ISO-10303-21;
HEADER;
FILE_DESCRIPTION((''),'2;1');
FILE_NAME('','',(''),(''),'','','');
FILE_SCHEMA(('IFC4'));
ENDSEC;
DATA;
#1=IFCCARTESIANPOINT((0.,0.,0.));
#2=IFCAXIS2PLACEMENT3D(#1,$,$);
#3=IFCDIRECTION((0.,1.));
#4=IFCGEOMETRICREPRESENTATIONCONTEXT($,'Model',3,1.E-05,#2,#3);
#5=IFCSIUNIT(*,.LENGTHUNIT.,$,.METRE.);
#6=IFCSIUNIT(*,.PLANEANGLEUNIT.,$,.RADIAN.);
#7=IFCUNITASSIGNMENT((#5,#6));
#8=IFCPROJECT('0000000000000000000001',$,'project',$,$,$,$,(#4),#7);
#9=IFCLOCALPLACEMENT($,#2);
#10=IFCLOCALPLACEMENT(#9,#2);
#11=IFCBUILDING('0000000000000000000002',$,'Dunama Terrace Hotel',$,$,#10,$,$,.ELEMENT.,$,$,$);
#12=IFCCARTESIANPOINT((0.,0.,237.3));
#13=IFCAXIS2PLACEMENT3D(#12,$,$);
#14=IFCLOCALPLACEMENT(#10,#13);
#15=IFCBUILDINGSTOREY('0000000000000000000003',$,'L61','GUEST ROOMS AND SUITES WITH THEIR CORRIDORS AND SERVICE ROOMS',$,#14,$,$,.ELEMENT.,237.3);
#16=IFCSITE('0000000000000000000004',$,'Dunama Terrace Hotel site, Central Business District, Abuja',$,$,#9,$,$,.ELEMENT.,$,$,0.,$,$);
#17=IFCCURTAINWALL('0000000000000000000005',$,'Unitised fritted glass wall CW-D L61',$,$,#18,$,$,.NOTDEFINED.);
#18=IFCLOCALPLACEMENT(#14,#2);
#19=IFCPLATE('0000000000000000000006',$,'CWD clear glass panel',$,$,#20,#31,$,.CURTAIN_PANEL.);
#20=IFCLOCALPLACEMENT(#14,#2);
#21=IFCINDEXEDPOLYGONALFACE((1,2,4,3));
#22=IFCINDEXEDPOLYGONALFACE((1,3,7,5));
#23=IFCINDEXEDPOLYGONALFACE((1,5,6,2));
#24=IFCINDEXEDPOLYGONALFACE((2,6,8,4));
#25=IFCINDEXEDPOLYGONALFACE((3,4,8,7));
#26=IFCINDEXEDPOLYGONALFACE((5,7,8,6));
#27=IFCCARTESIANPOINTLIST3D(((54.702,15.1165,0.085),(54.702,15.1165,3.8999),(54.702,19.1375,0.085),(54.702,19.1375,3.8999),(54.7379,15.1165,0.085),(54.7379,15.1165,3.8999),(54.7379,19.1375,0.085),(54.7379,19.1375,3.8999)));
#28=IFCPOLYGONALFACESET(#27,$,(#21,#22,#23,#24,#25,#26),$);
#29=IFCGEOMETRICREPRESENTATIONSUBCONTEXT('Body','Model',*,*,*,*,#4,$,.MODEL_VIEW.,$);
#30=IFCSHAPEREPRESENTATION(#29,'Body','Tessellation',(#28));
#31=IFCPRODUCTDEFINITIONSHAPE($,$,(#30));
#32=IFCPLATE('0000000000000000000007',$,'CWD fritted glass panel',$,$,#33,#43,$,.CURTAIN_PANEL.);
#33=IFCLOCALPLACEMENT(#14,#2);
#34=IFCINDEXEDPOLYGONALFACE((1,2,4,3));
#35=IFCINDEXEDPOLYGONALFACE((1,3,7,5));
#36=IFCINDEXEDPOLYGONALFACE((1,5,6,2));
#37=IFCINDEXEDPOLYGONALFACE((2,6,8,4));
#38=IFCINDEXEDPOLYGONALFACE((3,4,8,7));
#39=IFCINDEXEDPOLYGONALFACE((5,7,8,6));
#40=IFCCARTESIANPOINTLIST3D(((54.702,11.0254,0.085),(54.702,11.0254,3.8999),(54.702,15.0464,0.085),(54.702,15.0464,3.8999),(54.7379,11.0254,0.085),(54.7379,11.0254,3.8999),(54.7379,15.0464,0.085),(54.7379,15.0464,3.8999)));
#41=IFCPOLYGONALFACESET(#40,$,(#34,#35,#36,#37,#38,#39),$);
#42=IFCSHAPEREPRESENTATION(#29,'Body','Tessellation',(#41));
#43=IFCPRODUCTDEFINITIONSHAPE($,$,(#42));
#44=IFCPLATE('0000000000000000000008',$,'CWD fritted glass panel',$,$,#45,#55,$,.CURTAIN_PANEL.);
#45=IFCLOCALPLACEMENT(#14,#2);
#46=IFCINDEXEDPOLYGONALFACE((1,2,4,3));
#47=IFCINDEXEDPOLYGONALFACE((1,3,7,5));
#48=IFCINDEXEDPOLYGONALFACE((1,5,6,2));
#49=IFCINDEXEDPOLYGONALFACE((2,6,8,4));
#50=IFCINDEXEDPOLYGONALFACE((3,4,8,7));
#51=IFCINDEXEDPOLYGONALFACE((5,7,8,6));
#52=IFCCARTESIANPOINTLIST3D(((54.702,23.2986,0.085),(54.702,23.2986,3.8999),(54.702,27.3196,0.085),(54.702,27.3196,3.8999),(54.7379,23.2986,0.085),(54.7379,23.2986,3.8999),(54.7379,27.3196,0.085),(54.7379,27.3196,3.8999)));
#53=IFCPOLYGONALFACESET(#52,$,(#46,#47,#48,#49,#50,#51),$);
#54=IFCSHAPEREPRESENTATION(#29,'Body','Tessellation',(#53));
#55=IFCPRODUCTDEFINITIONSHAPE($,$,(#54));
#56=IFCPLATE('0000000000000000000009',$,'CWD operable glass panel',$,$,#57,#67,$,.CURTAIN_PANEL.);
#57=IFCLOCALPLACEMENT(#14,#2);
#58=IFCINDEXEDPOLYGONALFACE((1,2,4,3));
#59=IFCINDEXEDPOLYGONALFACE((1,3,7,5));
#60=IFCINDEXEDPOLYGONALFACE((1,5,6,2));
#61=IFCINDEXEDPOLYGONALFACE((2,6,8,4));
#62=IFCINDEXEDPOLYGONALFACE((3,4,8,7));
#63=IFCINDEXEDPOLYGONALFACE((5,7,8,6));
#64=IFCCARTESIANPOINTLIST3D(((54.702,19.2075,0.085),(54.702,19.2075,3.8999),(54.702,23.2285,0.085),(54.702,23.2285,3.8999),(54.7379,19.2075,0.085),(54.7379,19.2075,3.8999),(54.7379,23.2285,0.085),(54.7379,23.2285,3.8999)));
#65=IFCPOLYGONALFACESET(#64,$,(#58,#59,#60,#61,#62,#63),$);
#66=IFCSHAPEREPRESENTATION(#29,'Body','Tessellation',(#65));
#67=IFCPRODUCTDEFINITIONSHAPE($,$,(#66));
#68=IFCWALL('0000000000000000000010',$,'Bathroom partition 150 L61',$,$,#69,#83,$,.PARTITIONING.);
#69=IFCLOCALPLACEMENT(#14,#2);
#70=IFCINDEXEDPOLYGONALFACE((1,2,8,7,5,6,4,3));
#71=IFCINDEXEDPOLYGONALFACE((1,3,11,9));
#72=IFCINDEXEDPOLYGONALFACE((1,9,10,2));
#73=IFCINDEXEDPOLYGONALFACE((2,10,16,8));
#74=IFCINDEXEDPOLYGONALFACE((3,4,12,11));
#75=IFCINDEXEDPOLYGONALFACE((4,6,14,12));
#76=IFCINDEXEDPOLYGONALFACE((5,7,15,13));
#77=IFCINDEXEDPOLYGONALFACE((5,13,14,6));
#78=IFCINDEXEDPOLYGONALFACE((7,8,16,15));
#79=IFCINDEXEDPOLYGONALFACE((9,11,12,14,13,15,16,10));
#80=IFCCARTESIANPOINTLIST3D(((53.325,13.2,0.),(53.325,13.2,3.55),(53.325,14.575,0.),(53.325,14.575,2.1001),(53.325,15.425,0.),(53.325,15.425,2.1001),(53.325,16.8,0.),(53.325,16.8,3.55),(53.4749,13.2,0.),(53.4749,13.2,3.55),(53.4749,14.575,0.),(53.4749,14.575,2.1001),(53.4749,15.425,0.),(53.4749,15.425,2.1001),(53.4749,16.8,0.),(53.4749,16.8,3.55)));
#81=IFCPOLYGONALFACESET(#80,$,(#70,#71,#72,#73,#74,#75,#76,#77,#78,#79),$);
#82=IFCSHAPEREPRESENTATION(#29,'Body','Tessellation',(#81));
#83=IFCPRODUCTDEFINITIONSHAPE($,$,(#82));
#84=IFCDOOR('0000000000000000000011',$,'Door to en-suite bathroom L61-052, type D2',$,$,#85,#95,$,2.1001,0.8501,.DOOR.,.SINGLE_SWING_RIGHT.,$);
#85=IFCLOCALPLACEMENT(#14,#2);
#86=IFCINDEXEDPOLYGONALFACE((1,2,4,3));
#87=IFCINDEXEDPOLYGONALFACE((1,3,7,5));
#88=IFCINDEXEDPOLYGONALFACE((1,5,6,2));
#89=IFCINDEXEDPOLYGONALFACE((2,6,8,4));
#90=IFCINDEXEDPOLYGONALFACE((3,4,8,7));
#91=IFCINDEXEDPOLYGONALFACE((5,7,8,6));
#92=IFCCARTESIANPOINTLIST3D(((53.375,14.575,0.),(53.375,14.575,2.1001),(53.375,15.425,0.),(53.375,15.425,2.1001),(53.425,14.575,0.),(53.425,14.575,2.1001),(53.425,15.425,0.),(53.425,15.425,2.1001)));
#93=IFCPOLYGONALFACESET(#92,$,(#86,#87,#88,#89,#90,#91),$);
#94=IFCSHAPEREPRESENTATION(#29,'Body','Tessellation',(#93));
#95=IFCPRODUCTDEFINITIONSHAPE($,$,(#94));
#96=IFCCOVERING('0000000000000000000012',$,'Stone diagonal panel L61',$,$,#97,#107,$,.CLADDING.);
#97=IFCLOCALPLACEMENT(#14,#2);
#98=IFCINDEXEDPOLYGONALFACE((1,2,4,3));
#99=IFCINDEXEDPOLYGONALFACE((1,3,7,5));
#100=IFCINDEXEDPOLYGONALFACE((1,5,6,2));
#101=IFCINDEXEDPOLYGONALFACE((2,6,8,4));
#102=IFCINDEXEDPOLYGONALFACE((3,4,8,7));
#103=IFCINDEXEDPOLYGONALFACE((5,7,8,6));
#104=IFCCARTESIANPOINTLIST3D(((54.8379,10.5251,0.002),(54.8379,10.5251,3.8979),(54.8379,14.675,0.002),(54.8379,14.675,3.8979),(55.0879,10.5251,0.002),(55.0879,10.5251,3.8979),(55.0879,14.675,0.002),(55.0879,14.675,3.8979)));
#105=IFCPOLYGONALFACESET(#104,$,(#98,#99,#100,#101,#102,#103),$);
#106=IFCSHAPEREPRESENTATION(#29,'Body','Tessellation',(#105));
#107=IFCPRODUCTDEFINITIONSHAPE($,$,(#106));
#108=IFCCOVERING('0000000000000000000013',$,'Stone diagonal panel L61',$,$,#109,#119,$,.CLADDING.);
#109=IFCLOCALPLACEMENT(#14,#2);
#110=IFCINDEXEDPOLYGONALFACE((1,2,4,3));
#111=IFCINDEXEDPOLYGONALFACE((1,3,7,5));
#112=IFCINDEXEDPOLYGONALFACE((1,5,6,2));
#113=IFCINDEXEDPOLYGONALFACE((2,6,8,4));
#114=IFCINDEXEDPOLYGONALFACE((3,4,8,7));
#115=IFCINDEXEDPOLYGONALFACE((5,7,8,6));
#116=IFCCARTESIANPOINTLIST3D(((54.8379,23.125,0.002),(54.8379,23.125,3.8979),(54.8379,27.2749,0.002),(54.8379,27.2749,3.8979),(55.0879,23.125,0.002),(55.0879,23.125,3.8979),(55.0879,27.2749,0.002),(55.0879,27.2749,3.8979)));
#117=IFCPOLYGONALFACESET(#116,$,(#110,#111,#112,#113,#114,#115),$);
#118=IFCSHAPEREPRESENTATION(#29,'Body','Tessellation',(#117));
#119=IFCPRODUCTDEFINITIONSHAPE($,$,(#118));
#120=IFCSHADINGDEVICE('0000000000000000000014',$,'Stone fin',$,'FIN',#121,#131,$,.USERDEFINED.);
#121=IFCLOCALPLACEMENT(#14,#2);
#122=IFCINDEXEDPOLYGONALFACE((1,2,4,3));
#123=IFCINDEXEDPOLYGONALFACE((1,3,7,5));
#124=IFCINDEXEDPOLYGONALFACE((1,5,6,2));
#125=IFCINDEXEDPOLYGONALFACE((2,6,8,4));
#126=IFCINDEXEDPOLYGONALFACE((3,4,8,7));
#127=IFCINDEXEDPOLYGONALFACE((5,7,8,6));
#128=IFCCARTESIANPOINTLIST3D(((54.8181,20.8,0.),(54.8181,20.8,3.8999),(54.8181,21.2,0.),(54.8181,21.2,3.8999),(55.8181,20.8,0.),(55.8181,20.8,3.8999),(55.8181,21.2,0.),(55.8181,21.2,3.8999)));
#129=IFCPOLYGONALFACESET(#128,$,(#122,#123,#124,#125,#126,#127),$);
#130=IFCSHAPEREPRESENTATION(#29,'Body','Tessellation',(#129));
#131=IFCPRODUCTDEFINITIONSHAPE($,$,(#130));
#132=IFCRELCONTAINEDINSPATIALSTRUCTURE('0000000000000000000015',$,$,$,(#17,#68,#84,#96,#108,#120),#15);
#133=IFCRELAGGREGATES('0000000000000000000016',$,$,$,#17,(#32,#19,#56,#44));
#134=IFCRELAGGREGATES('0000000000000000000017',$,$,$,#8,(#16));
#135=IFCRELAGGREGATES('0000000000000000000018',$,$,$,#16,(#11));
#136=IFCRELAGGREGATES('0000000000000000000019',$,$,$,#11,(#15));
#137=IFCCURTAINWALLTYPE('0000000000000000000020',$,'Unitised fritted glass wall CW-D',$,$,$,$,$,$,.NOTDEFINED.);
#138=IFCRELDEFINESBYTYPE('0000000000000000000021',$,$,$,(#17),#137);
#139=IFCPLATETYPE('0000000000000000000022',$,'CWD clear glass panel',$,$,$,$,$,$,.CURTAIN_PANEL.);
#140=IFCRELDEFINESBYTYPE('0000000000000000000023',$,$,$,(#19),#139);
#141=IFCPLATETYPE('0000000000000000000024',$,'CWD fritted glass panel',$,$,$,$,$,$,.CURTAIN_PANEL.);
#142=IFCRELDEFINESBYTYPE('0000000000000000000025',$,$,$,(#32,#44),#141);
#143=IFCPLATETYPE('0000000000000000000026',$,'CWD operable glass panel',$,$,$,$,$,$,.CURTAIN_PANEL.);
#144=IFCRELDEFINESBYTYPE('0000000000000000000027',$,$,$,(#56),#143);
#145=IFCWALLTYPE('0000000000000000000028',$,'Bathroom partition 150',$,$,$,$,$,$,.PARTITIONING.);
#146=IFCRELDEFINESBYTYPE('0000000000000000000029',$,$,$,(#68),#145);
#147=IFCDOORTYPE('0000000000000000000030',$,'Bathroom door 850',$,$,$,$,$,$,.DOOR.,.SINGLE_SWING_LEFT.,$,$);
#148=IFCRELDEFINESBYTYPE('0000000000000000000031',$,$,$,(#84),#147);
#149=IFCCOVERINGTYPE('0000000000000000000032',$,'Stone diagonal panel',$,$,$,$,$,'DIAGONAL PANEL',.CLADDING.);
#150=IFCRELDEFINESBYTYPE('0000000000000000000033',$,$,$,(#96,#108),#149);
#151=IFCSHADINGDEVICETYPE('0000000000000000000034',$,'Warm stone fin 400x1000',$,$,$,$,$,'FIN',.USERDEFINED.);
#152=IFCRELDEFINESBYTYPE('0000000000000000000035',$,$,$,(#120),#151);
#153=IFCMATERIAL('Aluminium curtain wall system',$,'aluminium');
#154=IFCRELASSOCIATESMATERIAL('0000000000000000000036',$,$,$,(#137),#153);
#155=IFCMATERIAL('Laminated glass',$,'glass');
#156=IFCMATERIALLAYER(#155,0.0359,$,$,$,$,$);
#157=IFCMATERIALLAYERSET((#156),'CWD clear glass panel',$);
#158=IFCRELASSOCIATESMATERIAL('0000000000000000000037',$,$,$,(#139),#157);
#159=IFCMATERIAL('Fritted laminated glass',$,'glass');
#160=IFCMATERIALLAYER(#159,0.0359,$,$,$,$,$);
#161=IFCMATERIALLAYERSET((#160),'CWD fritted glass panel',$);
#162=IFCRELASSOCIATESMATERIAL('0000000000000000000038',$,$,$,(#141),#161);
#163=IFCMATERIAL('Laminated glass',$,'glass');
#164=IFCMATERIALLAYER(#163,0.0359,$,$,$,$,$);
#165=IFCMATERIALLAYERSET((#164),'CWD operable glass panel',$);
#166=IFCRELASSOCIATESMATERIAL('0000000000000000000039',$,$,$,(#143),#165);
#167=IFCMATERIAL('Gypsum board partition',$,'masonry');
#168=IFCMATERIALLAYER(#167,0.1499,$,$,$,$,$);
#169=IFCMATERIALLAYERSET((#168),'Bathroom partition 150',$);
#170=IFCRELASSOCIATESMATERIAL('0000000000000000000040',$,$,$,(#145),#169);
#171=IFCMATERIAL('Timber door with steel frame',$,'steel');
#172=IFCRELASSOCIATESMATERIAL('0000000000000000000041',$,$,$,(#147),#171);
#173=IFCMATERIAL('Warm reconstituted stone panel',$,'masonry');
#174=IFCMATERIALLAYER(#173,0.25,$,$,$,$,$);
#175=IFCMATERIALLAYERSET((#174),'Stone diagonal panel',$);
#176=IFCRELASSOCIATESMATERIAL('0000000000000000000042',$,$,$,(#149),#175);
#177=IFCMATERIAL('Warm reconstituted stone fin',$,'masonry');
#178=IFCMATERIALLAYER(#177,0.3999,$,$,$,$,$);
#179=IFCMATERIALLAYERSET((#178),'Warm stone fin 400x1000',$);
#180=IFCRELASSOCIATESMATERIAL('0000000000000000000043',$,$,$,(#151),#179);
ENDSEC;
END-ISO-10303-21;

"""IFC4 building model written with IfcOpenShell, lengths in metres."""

from ifc_helpers import new_model, si_unit, direction, frame, frame_2d, origin, origin_2d, place, context, subcontext, project, spatial, rectangle, extrude, material, layer, layer_set, type_object, element, fill, aggregate, save


model = new_model("IFC4")

# Units and contexts
model_context = context("Model", 3, precision=1e-05, world=origin(), true_north=direction((0.0, 1.0)))
body_context = subcontext(model_context, "Body", "Model", "MODEL_VIEW")
ifc_project = project(units=[si_unit("LENGTHUNIT", "METRE"), si_unit("PLANEANGLEUNIT", "RADIAN")], contexts=[model_context])

# Site, building, storey
site_placement = place(None, origin())
site = spatial("IfcSite", under=ifc_project, at=site_placement, Name="Dunama Terrace Hotel site, Central Business District, Abuja", CompositionType="ELEMENT", RefElevation=0.0)
building_placement = place(site_placement, origin())
building = spatial("IfcBuilding", under=site, at=building_placement, Name="Dunama Terrace Hotel", CompositionType="ELEMENT")
storey_placement = place(building_placement, frame((0.0, 0.0, 237.3)))
storey = spatial("IfcBuildingStorey", under=building, at=storey_placement, Name="L61", Description="GUEST ROOMS AND SUITES WITH THEIR CORRIDORS AND SERVICE ROOMS", CompositionType="ELEMENT", Elevation=237.3)

# Curtain wall
ifc_material_1 = material(Name="Aluminium curtain wall system", Category="aluminium")
curtain_wall_type = type_object("IfcCurtainWallType", Name="Unitised fritted glass wall CW-D", PredefinedType="NOTDEFINED", material=ifc_material_1)
curtain_wall_placement = place(storey_placement, origin())
curtain_wall = element("IfcCurtainWall", 1, at=curtain_wall_placement, inside=storey, type_object=curtain_wall_type, Name="Unitised fritted glass wall CW-D L61", PredefinedType="NOTDEFINED")

# Plates
ifc_material_2 = material(Name="Laminated glass", Category="glass")
ifc_layer_1 = layer(ifc_material_2, 0.0359)
ifc_layer_set_1 = layer_set([ifc_layer_1], Name="CWD clear glass panel")
plate_type_1 = type_object("IfcPlateType", Name="CWD clear glass panel", PredefinedType="CURTAIN_PANEL", material=ifc_layer_set_1)
plate_1_placement = place(storey_placement, frame((54.72, 17.127, 0.085), z_axis=(0.0, 0.0, 1.0), x_axis=(0.0, 1.0, 0.0)))
plate_1 = element("IfcPlate", 2, at=plate_1_placement, type_object=plate_type_1, Name="CWD clear glass panel", PredefinedType="CURTAIN_PANEL", context=body_context, shape_type="SweptSolid", body=[
    extrude(rectangle(XDim=4.021, YDim=0.0359, at=origin_2d()), origin(), (0.0, 0.0, 1.0), 3.8149),
])
ifc_material_3 = material(Name="Fritted laminated glass", Category="glass")
ifc_layer_2 = layer(ifc_material_3, 0.0359)
ifc_layer_set_2 = layer_set([ifc_layer_2], Name="CWD fritted glass panel")
plate_type_2 = type_object("IfcPlateType", Name="CWD fritted glass panel", PredefinedType="CURTAIN_PANEL", material=ifc_layer_set_2)
plate_2_placement = place(storey_placement, frame((54.72, 13.0359, 0.085), z_axis=(0.0, 0.0, 1.0), x_axis=(0.0, 1.0, 0.0)))
plate_2 = element("IfcPlate", 3, at=plate_2_placement, type_object=plate_type_2, Name="CWD fritted glass panel", PredefinedType="CURTAIN_PANEL", context=body_context, shape_type="SweptSolid", body=[
    extrude(rectangle(XDim=4.021, YDim=0.0359, at=origin_2d()), origin(), (0.0, 0.0, 1.0), 3.8149),
])
plate_3_placement = place(storey_placement, frame((54.72, 25.3091, 0.085), z_axis=(0.0, 0.0, 1.0), x_axis=(0.0, 1.0, 0.0)))
plate_3 = element("IfcPlate", 4, at=plate_3_placement, type_object=plate_type_2, Name="CWD fritted glass panel", PredefinedType="CURTAIN_PANEL", context=body_context, shape_type="SweptSolid", body=[
    extrude(rectangle(XDim=4.021, YDim=0.0359, at=origin_2d()), origin(), (0.0, 0.0, 1.0), 3.8149),
])
ifc_material_4 = material(Name="Laminated glass", Category="glass")
ifc_layer_3 = layer(ifc_material_4, 0.0359)
ifc_layer_set_3 = layer_set([ifc_layer_3], Name="CWD operable glass panel")
plate_type_3 = type_object("IfcPlateType", Name="CWD operable glass panel", PredefinedType="CURTAIN_PANEL", material=ifc_layer_set_3)
plate_4_placement = place(storey_placement, frame((54.72, 21.218, 0.085), z_axis=(0.0, 0.0, 1.0), x_axis=(0.0, 1.0, 0.0)))
plate_4 = element("IfcPlate", 5, at=plate_4_placement, type_object=plate_type_3, Name="CWD operable glass panel", PredefinedType="CURTAIN_PANEL", context=body_context, shape_type="SweptSolid", body=[
    extrude(rectangle(XDim=4.021, YDim=0.0359, at=origin_2d()), origin(), (0.0, 0.0, 1.0), 3.8149),
])
aggregate(curtain_wall, [plate_2, plate_1, plate_4, plate_3])

# Wall, opening, door
ifc_material_5 = material(Name="Gypsum board partition", Category="masonry")
ifc_layer_4 = layer(ifc_material_5, 0.1499)
ifc_layer_set_4 = layer_set([ifc_layer_4], Name="Bathroom partition 150")
wall_type = type_object("IfcWallType", Name="Bathroom partition 150", PredefinedType="PARTITIONING", material=ifc_layer_set_4)
wall_placement = place(storey_placement, frame((53.3999, 13.2, 0.0), z_axis=(0.0, 0.0, 1.0), x_axis=(0.0, 1.0, 0.0)))
wall = element("IfcWall", 6, at=wall_placement, inside=storey, type_object=wall_type, Name="Bathroom partition 150 L61", PredefinedType="PARTITIONING", context=body_context, shape_type="SweptSolid", body=[
    extrude(rectangle(XDim=3.6001, YDim=0.1499, at=frame_2d((1.8, 0.0))), origin(), (0.0, 0.0, 1.0), 3.55),
])
opening_placement = place(wall_placement, frame((1.375, 0.0, 0.0)))
opening = element("IfcOpeningElement", 7, at=opening_placement, cuts=wall, PredefinedType="OPENING", context=body_context, shape_type="SweptSolid", body=[
    extrude(rectangle(XDim=0.8501, YDim=2.1001, at=frame_2d((0.425, 1.05))), frame((0.0, 0.085, 0.0), z_axis=(0.0, -1.0, 0.0), x_axis=(1.0, 0.0, 0.0)), (0.0, 0.0, 1.0), 0.1699),
])
ifc_material_6 = material(Name="Timber door with steel frame", Category="steel")
door_type = type_object("IfcDoorType", Name="Bathroom door 850", OperationType="SINGLE_SWING_LEFT", PredefinedType="DOOR", material=ifc_material_6)
door_placement = place(opening_placement, origin())
door = element("IfcDoor", 8, at=door_placement, inside=storey, type_object=door_type, Name="Door to en-suite bathroom L61-052, type D2", OperationType="SINGLE_SWING_RIGHT", OverallHeight=2.1001, OverallWidth=0.8501, PredefinedType="DOOR", context=body_context, shape_type="SweptSolid", body=[
    extrude(rectangle(XDim=0.8501, YDim=2.1001, at=frame_2d((0.425, 1.05))), frame((0.0, 0.0249, 0.0), z_axis=(0.0, -1.0, 0.0), x_axis=(1.0, 0.0, 0.0)), (0.0, 0.0, 1.0), 0.05),
])
fill(opening, door)

# Coverings
ifc_material_7 = material(Name="Warm reconstituted stone panel", Category="masonry")
ifc_layer_5 = layer(ifc_material_7, 0.25)
ifc_layer_set_5 = layer_set([ifc_layer_5], Name="Stone diagonal panel")
covering_type = type_object("IfcCoveringType", Name="Stone diagonal panel", ElementType="DIAGONAL PANEL", PredefinedType="CLADDING", material=ifc_layer_set_5)
for number, where, z_axis, x_axis, name in (
    (9, (54.9629, 12.6001, 0.002), (0.0, 0.0, 1.0), (0.0, 1.0, 0.0), "Stone diagonal panel L61"),
    (10, (54.9629, 25.2, 0.002), (0.0, 0.0, 1.0), (0.0, 1.0, 0.0), "Stone diagonal panel L61"),
):
    element("IfcCovering", number, at=place(storey_placement, frame(where, z_axis=z_axis, x_axis=x_axis)), inside=storey, type_object=covering_type, Name=name, PredefinedType="CLADDING", context=body_context, shape_type="SweptSolid", body=[
        extrude(rectangle(XDim=4.1499, YDim=0.25, at=origin_2d()), origin(), (0.0, 0.0, 1.0), 3.896),
    ])

# Shading device
ifc_material_8 = material(Name="Warm reconstituted stone fin", Category="masonry")
ifc_layer_6 = layer(ifc_material_8, 0.3999)
ifc_layer_set_6 = layer_set([ifc_layer_6], Name="Warm stone fin 400x1000")
shading_device_type = type_object("IfcShadingDeviceType", Name="Warm stone fin 400x1000", ElementType="FIN", PredefinedType="USERDEFINED", material=ifc_layer_set_6)
shading_device_placement = place(storey_placement, frame((55.3181, 21.0, 0.0), z_axis=(0.0, 0.0, 1.0), x_axis=(0.0, 1.0, 0.0)))
element("IfcShadingDevice", 11, at=shading_device_placement, inside=storey, type_object=shading_device_type, Name="Stone fin", ObjectType="FIN", PredefinedType="USERDEFINED", context=body_context, shape_type="SweptSolid", body=[
    extrude(rectangle(XDim=0.3999, YDim=1.0, at=origin_2d()), origin(), (0.0, 0.0, 1.0), 3.8999),
])

save(model, "model.ifc")
